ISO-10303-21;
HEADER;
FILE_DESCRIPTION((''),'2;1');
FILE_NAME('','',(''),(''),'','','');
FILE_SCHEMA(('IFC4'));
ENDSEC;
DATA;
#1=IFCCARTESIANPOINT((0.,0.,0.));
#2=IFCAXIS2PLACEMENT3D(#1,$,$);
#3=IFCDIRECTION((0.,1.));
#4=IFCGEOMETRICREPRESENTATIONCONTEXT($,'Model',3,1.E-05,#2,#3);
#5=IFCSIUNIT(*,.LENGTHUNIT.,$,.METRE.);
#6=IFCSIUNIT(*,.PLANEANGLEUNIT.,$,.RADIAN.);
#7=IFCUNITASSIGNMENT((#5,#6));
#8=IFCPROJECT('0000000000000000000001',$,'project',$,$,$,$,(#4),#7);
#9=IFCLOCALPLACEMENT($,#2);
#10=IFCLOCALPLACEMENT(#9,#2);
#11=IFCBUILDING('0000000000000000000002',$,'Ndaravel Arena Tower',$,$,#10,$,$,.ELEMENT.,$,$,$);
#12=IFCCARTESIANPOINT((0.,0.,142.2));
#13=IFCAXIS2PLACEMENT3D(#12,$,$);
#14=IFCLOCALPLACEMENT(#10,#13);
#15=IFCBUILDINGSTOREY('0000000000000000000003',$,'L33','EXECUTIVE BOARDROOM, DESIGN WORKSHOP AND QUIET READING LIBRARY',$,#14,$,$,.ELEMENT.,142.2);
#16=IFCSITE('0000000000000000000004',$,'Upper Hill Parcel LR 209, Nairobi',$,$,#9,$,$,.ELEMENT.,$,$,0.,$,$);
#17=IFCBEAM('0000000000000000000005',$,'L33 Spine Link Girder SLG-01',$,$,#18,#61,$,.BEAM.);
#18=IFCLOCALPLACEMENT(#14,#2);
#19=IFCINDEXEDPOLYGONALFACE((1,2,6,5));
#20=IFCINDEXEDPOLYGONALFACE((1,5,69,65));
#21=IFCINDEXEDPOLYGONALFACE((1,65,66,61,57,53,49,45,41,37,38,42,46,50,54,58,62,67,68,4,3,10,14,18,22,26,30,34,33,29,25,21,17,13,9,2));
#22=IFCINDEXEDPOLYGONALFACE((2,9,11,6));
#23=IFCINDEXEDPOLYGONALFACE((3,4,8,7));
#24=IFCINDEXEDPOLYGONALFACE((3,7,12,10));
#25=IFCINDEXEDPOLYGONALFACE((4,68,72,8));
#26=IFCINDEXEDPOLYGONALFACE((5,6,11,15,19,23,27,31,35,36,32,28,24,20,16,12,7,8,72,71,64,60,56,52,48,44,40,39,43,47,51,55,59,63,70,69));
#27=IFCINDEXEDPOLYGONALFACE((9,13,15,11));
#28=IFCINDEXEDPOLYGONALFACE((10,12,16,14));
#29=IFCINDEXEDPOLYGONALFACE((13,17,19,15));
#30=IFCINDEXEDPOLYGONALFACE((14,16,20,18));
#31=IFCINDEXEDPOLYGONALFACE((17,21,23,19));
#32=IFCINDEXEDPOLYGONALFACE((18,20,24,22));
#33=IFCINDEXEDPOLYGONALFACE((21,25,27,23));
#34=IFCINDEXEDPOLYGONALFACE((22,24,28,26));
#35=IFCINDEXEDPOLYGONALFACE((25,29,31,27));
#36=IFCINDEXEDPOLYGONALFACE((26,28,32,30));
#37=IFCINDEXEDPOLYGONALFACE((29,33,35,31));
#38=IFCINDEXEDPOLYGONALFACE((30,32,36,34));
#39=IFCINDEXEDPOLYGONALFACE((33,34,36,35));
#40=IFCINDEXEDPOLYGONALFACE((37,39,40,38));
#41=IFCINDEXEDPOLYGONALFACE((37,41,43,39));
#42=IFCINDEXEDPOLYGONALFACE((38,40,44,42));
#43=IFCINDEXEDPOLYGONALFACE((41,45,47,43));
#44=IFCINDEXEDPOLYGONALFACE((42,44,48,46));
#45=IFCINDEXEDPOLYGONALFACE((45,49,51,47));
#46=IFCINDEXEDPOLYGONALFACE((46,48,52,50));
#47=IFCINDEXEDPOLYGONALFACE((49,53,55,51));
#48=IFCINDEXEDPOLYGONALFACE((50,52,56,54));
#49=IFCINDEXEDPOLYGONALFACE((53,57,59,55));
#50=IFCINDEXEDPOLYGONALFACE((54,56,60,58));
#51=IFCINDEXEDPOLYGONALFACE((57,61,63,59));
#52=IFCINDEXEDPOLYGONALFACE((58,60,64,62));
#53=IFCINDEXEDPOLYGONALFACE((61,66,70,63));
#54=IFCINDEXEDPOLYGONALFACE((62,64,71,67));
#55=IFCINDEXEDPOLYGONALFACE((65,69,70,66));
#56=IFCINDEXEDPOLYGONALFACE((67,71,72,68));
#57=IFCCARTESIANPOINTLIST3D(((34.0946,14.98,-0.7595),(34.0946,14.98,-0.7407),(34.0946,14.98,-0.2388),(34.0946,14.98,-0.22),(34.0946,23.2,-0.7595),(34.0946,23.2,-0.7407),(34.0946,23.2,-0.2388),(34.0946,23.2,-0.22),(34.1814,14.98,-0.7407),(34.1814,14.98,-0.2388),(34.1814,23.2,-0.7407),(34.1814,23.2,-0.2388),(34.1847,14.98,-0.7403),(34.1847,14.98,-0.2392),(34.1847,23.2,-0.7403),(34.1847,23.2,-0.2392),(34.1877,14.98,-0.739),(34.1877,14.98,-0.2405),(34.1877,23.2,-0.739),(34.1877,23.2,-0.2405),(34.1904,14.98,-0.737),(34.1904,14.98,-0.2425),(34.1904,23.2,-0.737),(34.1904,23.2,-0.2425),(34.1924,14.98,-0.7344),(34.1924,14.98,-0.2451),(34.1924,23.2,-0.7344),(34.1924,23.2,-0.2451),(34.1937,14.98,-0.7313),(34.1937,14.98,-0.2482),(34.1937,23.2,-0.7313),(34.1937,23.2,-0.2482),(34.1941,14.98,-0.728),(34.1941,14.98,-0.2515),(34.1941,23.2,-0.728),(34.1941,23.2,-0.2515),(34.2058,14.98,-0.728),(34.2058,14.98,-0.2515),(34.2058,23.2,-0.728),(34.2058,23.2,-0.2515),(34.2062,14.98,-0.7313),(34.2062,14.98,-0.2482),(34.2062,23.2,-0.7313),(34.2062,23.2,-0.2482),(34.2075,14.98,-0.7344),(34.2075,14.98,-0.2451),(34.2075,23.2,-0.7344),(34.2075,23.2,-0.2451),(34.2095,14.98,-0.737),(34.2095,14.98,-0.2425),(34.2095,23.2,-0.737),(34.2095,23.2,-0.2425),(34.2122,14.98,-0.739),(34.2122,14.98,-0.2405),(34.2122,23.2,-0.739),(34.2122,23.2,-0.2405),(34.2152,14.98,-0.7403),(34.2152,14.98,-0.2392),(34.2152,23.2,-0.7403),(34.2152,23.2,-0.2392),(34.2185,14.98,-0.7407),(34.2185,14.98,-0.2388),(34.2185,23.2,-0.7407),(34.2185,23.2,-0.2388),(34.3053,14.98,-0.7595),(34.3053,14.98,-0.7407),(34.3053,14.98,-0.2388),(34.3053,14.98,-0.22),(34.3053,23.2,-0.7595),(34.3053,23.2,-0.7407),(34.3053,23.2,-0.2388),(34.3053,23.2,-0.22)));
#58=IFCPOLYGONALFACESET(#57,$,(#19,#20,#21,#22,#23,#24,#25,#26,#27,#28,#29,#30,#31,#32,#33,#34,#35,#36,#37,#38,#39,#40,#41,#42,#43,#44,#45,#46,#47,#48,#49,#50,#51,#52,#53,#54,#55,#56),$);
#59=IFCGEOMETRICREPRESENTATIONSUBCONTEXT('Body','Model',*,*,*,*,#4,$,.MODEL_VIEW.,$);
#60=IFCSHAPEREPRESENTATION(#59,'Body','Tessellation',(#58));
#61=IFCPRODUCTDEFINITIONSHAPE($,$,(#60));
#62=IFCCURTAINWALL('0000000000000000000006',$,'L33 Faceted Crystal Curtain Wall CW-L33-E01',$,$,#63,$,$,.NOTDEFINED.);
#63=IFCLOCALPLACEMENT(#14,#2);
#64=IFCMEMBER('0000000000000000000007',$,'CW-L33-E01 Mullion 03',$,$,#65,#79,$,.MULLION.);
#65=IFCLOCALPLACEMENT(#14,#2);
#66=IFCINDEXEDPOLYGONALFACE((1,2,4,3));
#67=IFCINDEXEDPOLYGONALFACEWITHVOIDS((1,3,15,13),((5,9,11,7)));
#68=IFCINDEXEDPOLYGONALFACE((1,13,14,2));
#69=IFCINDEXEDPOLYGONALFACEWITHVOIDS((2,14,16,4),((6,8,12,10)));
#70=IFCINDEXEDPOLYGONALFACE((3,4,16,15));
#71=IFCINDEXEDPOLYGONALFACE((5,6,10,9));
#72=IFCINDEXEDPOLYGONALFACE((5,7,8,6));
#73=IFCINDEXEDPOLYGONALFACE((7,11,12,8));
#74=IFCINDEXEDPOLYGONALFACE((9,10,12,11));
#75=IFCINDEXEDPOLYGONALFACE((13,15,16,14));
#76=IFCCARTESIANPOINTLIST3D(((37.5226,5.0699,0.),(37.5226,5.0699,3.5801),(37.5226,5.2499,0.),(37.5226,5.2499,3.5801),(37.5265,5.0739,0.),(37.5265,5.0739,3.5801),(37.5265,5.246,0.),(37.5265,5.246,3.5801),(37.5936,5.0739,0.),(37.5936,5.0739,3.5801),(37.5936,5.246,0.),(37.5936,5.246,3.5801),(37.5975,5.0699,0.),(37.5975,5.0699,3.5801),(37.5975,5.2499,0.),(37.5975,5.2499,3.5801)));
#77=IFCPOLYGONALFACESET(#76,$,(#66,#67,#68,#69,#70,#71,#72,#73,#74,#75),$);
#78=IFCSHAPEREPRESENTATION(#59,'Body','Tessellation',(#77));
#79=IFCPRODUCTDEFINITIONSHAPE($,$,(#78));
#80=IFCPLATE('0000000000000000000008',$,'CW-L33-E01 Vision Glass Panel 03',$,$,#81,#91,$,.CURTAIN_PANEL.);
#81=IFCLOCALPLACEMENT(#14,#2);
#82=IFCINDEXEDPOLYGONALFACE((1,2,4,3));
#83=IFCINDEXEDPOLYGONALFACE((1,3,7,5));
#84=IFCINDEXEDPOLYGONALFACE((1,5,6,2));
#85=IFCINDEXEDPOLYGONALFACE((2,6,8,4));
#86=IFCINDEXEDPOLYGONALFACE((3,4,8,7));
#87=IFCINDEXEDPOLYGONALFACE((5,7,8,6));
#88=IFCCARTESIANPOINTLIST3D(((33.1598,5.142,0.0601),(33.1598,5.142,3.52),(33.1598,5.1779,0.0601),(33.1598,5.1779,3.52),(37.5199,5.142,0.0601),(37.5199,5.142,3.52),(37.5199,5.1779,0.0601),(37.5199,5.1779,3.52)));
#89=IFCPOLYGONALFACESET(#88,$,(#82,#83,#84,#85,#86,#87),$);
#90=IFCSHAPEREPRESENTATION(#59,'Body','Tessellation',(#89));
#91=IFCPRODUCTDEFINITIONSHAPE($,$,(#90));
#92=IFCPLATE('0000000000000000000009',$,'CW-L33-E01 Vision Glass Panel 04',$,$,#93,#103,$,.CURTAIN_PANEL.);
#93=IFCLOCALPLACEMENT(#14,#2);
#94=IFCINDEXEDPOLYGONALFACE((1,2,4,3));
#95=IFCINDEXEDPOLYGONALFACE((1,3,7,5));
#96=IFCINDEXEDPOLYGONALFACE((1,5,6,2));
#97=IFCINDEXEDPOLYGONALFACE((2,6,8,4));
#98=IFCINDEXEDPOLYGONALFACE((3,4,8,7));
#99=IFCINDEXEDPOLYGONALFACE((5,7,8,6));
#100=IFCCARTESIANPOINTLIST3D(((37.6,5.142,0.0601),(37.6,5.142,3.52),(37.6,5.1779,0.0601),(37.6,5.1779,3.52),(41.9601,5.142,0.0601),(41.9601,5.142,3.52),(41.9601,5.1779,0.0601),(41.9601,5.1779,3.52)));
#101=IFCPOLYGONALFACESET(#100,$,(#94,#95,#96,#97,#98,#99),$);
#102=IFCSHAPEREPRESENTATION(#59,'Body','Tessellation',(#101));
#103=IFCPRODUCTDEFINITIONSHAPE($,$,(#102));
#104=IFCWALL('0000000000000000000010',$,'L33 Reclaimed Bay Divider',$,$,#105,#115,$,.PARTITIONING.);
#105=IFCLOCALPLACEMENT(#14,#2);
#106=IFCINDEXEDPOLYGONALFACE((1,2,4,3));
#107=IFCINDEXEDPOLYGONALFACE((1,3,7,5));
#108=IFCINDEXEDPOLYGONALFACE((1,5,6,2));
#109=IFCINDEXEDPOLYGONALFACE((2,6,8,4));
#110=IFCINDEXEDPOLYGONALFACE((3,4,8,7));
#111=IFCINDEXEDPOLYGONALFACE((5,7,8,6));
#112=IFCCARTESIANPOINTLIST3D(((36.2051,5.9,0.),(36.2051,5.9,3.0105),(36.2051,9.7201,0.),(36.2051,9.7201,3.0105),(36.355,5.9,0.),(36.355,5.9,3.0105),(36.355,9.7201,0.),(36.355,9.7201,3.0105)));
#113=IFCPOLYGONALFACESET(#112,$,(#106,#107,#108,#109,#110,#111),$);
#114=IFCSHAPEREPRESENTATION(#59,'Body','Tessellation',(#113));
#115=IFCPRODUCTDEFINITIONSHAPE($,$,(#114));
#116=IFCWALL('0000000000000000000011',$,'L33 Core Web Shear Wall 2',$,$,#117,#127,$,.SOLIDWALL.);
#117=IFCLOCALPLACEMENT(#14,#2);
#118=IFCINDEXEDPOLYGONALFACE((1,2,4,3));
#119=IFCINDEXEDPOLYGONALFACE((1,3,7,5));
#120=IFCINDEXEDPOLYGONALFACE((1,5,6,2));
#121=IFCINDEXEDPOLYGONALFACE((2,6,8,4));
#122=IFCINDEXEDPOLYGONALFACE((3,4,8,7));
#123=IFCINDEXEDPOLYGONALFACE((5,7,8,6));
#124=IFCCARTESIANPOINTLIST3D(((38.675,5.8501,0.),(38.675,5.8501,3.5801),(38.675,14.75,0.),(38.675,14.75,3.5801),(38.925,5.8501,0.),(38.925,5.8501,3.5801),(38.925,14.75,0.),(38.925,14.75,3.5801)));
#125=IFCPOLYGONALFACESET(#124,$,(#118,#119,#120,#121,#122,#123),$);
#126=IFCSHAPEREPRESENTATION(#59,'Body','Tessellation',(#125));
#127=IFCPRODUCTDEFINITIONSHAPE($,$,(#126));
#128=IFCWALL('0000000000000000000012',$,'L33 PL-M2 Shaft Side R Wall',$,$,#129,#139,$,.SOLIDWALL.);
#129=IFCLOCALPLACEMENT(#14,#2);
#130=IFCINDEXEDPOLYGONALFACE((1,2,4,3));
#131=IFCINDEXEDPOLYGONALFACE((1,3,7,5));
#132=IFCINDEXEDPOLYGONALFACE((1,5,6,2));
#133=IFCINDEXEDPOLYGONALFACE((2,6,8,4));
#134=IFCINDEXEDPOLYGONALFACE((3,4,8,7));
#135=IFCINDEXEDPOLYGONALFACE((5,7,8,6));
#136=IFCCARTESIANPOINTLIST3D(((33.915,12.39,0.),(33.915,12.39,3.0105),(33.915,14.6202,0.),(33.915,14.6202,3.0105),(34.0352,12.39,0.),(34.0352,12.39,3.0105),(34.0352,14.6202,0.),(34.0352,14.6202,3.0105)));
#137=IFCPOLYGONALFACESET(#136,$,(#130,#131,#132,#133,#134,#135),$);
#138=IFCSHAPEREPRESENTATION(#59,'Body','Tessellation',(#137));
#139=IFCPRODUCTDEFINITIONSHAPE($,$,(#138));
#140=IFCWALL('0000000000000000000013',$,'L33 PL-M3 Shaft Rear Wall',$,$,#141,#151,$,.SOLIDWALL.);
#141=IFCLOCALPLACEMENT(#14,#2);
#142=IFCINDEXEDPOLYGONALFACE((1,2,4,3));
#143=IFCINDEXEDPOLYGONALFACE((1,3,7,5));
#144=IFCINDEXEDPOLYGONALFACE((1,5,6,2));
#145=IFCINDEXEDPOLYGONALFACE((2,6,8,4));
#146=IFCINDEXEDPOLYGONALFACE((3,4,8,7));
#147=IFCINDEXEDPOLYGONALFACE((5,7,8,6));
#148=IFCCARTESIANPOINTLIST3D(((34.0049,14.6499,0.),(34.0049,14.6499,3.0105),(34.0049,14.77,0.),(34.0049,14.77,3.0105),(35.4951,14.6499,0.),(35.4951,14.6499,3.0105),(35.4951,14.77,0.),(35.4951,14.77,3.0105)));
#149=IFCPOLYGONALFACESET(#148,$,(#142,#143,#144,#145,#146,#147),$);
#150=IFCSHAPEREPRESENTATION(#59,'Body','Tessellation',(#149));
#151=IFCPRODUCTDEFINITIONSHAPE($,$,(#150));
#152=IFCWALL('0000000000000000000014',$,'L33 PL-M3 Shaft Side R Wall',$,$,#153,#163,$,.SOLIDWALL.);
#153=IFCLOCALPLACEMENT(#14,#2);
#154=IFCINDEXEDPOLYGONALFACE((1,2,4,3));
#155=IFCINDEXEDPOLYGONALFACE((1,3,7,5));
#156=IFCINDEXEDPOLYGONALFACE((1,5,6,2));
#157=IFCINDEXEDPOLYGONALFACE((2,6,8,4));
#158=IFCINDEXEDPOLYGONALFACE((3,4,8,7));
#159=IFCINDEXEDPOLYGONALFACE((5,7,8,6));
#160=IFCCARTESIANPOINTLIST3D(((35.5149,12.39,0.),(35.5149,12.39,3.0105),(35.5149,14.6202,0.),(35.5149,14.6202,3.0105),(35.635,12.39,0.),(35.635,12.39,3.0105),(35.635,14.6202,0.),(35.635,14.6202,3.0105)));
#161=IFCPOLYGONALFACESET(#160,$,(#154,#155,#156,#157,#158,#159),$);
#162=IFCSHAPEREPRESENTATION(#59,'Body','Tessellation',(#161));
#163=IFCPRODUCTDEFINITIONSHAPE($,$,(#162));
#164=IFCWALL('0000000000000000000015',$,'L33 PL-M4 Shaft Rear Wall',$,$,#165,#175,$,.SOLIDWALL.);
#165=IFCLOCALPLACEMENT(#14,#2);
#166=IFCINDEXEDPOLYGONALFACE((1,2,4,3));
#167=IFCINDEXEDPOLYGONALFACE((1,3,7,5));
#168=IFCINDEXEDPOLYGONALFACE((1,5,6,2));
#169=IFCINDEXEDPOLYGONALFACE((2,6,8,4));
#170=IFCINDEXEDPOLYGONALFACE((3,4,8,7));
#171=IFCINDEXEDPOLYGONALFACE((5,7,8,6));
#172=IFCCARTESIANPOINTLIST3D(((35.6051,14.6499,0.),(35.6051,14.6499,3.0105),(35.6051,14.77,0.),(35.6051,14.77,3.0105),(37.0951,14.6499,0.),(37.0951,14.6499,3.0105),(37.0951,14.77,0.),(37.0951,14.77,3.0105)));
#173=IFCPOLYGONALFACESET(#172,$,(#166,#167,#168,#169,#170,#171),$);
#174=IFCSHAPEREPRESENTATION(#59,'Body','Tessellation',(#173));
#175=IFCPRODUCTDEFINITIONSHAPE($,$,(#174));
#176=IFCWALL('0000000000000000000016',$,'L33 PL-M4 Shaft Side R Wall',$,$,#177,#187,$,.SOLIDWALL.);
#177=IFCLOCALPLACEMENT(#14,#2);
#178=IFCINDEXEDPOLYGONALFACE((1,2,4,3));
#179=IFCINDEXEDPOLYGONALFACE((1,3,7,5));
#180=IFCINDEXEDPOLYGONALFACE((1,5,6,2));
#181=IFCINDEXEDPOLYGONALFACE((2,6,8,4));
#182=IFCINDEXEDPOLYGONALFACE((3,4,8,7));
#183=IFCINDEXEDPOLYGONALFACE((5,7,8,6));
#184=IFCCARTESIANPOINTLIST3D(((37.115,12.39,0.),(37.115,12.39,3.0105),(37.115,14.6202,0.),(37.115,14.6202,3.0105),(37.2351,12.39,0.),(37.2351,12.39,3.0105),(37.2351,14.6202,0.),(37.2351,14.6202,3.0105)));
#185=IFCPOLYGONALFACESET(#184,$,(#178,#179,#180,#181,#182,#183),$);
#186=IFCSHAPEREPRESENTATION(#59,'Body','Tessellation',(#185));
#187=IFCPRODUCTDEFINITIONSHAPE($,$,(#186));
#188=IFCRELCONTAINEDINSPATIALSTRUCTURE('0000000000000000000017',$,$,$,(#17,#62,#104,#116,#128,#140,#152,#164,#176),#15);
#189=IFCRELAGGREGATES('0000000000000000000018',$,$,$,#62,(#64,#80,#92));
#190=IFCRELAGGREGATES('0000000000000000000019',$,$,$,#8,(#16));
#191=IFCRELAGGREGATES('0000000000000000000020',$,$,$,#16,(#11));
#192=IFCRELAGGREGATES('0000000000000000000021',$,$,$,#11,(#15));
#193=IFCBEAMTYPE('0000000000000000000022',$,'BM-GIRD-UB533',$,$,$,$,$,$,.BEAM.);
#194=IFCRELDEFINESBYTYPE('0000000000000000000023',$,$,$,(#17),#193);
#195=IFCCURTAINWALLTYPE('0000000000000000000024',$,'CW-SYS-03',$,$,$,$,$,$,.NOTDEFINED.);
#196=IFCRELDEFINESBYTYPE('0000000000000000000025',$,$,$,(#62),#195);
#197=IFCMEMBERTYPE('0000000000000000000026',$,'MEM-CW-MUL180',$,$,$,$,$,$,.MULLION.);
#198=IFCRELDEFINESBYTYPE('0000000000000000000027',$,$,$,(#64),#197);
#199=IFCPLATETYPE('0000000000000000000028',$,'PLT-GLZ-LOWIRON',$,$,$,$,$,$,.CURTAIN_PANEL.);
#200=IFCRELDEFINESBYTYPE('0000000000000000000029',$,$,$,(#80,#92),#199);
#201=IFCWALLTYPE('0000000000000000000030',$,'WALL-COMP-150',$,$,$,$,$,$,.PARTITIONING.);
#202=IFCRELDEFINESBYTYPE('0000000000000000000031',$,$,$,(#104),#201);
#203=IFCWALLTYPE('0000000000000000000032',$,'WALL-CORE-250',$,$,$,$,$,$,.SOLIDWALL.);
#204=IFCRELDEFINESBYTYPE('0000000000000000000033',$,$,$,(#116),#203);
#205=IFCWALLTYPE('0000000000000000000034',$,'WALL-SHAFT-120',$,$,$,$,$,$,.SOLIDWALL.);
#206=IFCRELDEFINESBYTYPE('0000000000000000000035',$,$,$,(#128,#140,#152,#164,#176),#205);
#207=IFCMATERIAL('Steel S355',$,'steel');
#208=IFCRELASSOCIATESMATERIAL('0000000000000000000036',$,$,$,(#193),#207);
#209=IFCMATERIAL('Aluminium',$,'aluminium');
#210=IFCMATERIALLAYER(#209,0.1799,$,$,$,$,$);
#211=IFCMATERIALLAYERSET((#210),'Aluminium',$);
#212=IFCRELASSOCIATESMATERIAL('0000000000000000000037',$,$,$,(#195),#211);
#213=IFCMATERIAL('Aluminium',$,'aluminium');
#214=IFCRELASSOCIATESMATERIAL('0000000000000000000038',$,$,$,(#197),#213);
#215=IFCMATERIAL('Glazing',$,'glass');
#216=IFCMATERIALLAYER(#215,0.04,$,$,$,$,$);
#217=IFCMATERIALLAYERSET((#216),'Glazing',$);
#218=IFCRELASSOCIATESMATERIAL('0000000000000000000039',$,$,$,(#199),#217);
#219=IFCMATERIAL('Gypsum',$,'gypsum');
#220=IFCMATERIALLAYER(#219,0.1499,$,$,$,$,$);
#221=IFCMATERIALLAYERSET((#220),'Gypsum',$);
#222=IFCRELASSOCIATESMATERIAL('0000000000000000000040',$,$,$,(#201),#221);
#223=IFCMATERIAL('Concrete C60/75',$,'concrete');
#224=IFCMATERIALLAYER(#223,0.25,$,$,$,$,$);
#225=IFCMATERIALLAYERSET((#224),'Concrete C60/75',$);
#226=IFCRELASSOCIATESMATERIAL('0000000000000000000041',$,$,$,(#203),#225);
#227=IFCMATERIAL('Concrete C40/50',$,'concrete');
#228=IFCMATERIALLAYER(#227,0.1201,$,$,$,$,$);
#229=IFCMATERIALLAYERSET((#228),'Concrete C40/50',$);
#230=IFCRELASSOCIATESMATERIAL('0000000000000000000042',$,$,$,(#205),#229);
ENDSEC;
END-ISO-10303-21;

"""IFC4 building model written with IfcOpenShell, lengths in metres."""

from ifc_helpers import new_model, si_unit, direction, frame, frame_2d, origin, origin_2d, place, context, subcontext, project, spatial, rectangle, hollow_rectangle, i_section, extrude, material, layer, layer_set, material_profile, profile_set, type_object, element, aggregate, save


model = new_model("IFC4")

# Units and contexts
model_context = context("Model", 3, precision=1e-05, world=origin(), true_north=direction((0.0, 1.0)))
body_context = subcontext(model_context, "Body", "Model", "MODEL_VIEW")
ifc_project = project(units=[si_unit("LENGTHUNIT", "METRE"), si_unit("PLANEANGLEUNIT", "RADIAN")], contexts=[model_context])

# Site, building, storey
site_placement = place(None, origin())
site = spatial("IfcSite", under=ifc_project, at=site_placement, Name="Upper Hill Parcel LR 209, Nairobi", CompositionType="ELEMENT", RefElevation=0.0)
building_placement = place(site_placement, origin())
building = spatial("IfcBuilding", under=site, at=building_placement, Name="Ndaravel Arena Tower", CompositionType="ELEMENT")
storey_placement = place(building_placement, frame((0.0, 0.0, 142.2)))
storey = spatial("IfcBuildingStorey", under=building, at=storey_placement, Name="L33", Description="EXECUTIVE BOARDROOM, DESIGN WORKSHOP AND QUIET READING LIBRARY", CompositionType="ELEMENT", Elevation=142.2)

# Beam
ifc_material_1 = material(Name="Steel S355", Category="steel")
ifc_material_profile_1 = material_profile(ifc_material_1, i_section(OverallWidth=0.2107, OverallDepth=0.5396, WebThickness=0.0117, FlangeThickness=0.0188, FilletRadius=0.0127, at=origin_2d()), Name="UB 533x210x109")
ifc_profile_set_1 = profile_set([ifc_material_profile_1], Name="Steel S355")
beam_type = type_object("IfcBeamType", Name="BM-GIRD-UB533", PredefinedType="BEAM", material=ifc_profile_set_1)
beam_placement = place(storey_placement, frame((34.2, 14.98, -0.4897), z_axis=(0.0, 1.0, 0.0), x_axis=(-1.0, 0.0, 0.0)))
element("IfcBeam", 1, at=beam_placement, inside=storey, type_object=beam_type, Name="L33 Spine Link Girder SLG-01", PredefinedType="BEAM", context=body_context, shape_type="SweptSolid", body=[
    extrude(i_section(OverallWidth=0.2107, OverallDepth=0.5396, WebThickness=0.0117, FlangeThickness=0.0188, FilletRadius=0.0127, at=origin_2d()), origin(), (0.0, 0.0, 1.0), 8.22),
])

# Curtain wall, member, plates
ifc_material_2 = material(Name="Aluminium", Category="aluminium")
ifc_layer_1 = layer(ifc_material_2, 0.1799)
ifc_layer_set_1 = layer_set([ifc_layer_1], Name="Aluminium")
curtain_wall_type = type_object("IfcCurtainWallType", Name="CW-SYS-03", PredefinedType="NOTDEFINED", material=ifc_layer_set_1)
curtain_wall_placement = place(storey_placement, origin())
curtain_wall = element("IfcCurtainWall", 2, at=curtain_wall_placement, inside=storey, type_object=curtain_wall_type, Name="L33 Faceted Crystal Curtain Wall CW-L33-E01", PredefinedType="NOTDEFINED")
ifc_material_3 = material(Name="Aluminium", Category="aluminium")
ifc_material_profile_2 = material_profile(ifc_material_3, hollow_rectangle(XDim=0.075, YDim=0.1799, WallThickness=0.0039, at=origin_2d()), Name="CW MULLION 75x180x4")
ifc_profile_set_2 = profile_set([ifc_material_profile_2], Name="Aluminium")
member_type = type_object("IfcMemberType", Name="MEM-CW-MUL180", PredefinedType="MULLION", material=ifc_profile_set_2)
member_placement = place(storey_placement, frame((37.5601, 5.1599, 0.0), z_axis=(0.0, 0.0, 1.0), x_axis=(1.0, 0.0, 0.0)))
member = element("IfcMember", 3, at=member_placement, type_object=member_type, Name="CW-L33-E01 Mullion 03", PredefinedType="MULLION", context=body_context, shape_type="SweptSolid", body=[
    extrude(hollow_rectangle(XDim=0.075, YDim=0.1799, WallThickness=0.0039, at=origin_2d()), origin(), (0.0, 0.0, 1.0), 3.5801),
])
ifc_material_4 = material(Name="Glazing", Category="glass")
ifc_layer_2 = layer(ifc_material_4, 0.04)
ifc_layer_set_2 = layer_set([ifc_layer_2], Name="Glazing")
plate_type = type_object("IfcPlateType", Name="PLT-GLZ-LOWIRON", PredefinedType="CURTAIN_PANEL", material=ifc_layer_set_2)
plate_1_placement = place(storey_placement, frame((35.3398, 5.1599, 0.0601), z_axis=(0.0, 0.0, 1.0), x_axis=(1.0, 0.0, 0.0)))
plate_1 = element("IfcPlate", 4, at=plate_1_placement, type_object=plate_type, Name="CW-L33-E01 Vision Glass Panel 03", PredefinedType="CURTAIN_PANEL", context=body_context, shape_type="SweptSolid", body=[
    extrude(rectangle(XDim=4.3601, YDim=0.0359, at=origin_2d()), origin(), (0.0, 0.0, 1.0), 3.46),
])
plate_2_placement = place(storey_placement, frame((39.78, 5.1599, 0.0601), z_axis=(0.0, 0.0, 1.0), x_axis=(1.0, 0.0, 0.0)))
plate_2 = element("IfcPlate", 5, at=plate_2_placement, type_object=plate_type, Name="CW-L33-E01 Vision Glass Panel 04", PredefinedType="CURTAIN_PANEL", context=body_context, shape_type="SweptSolid", body=[
    extrude(rectangle(XDim=4.3601, YDim=0.0359, at=origin_2d()), origin(), (0.0, 0.0, 1.0), 3.46),
])
aggregate(curtain_wall, [member, plate_1, plate_2])

# Walls
ifc_material_5 = material(Name="Gypsum", Category="gypsum")
ifc_layer_3 = layer(ifc_material_5, 0.1499)
ifc_layer_set_3 = layer_set([ifc_layer_3], Name="Gypsum")
wall_type_1 = type_object("IfcWallType", Name="WALL-COMP-150", PredefinedType="PARTITIONING", material=ifc_layer_set_3)
wall_1_placement = place(storey_placement, frame((36.28, 5.8999, 0.0), z_axis=(0.0, 0.0, 1.0), x_axis=(0.0, 1.0, 0.0)))
element("IfcWall", 6, at=wall_1_placement, inside=storey, type_object=wall_type_1, Name="L33 Reclaimed Bay Divider", PredefinedType="PARTITIONING", context=body_context, shape_type="SweptSolid", body=[
    extrude(rectangle(XDim=3.8201, YDim=0.1499, at=frame_2d((1.9102, 0.0))), origin(), (0.0, 0.0, 1.0), 3.0105),
])
ifc_material_6 = material(Name="Concrete C60/75", Category="concrete")
ifc_layer_4 = layer(ifc_material_6, 0.25)
ifc_layer_set_4 = layer_set([ifc_layer_4], Name="Concrete C60/75")
wall_type_2 = type_object("IfcWallType", Name="WALL-CORE-250", PredefinedType="SOLIDWALL", material=ifc_layer_set_4)
wall_2_placement = place(storey_placement, frame((38.8, 5.8501, 0.0), z_axis=(0.0, 0.0, 1.0), x_axis=(0.0, 1.0, 0.0)))
element("IfcWall", 7, at=wall_2_placement, inside=storey, type_object=wall_type_2, Name="L33 Core Web Shear Wall 2", PredefinedType="SOLIDWALL", context=body_context, shape_type="SweptSolid", body=[
    extrude(rectangle(XDim=8.8999, YDim=0.25, at=frame_2d((4.45, 0.0))), origin(), (0.0, 0.0, 1.0), 3.5801),
])
ifc_material_7 = material(Name="Concrete C40/50", Category="concrete")
ifc_layer_5 = layer(ifc_material_7, 0.1201)
ifc_layer_set_5 = layer_set([ifc_layer_5], Name="Concrete C40/50")
wall_type_3 = type_object("IfcWallType", Name="WALL-SHAFT-120", PredefinedType="SOLIDWALL", material=ifc_layer_set_5)
wall_3_placement = place(storey_placement, frame((33.9751, 12.3899, 0.0), z_axis=(0.0, 0.0, 1.0), x_axis=(0.0, 1.0, 0.0)))
element("IfcWall", 8, at=wall_3_placement, inside=storey, type_object=wall_type_3, Name="L33 PL-M2 Shaft Side R Wall", PredefinedType="SOLIDWALL", context=body_context, shape_type="SweptSolid", body=[
    extrude(rectangle(XDim=2.2302, YDim=0.1201, at=frame_2d((1.1152, 0.0))), origin(), (0.0, 0.0, 1.0), 3.0105),
])
wall_4_placement = place(storey_placement, frame((34.0049, 14.71, 0.0), z_axis=(0.0, 0.0, 1.0), x_axis=(1.0, 0.0, 0.0)))
element("IfcWall", 9, at=wall_4_placement, inside=storey, type_object=wall_type_3, Name="L33 PL-M3 Shaft Rear Wall", PredefinedType="SOLIDWALL", context=body_context, shape_type="SweptSolid", body=[
    extrude(rectangle(XDim=1.4902, YDim=0.1201, at=frame_2d((0.7451, 0.0))), origin(), (0.0, 0.0, 1.0), 3.0105),
])
wall_5_placement = place(storey_placement, frame((35.575, 12.3899, 0.0), z_axis=(0.0, 0.0, 1.0), x_axis=(0.0, 1.0, 0.0)))
element("IfcWall", 10, at=wall_5_placement, inside=storey, type_object=wall_type_3, Name="L33 PL-M3 Shaft Side R Wall", PredefinedType="SOLIDWALL", context=body_context, shape_type="SweptSolid", body=[
    extrude(rectangle(XDim=2.2302, YDim=0.1201, at=frame_2d((1.1152, 0.0))), origin(), (0.0, 0.0, 1.0), 3.0105),
])
wall_6_placement = place(storey_placement, frame((35.605, 14.71, 0.0), z_axis=(0.0, 0.0, 1.0), x_axis=(1.0, 0.0, 0.0)))
element("IfcWall", 11, at=wall_6_placement, inside=storey, type_object=wall_type_3, Name="L33 PL-M4 Shaft Rear Wall", PredefinedType="SOLIDWALL", context=body_context, shape_type="SweptSolid", body=[
    extrude(rectangle(XDim=1.49, YDim=0.1201, at=frame_2d((0.7451, 0.0))), origin(), (0.0, 0.0, 1.0), 3.0105),
])
wall_7_placement = place(storey_placement, frame((37.175, 12.3899, 0.0), z_axis=(0.0, 0.0, 1.0), x_axis=(0.0, 1.0, 0.0)))
element("IfcWall", 12, at=wall_7_placement, inside=storey, type_object=wall_type_3, Name="L33 PL-M4 Shaft Side R Wall", PredefinedType="SOLIDWALL", context=body_context, shape_type="SweptSolid", body=[
    extrude(rectangle(XDim=2.2302, YDim=0.1201, at=frame_2d((1.1152, 0.0))), origin(), (0.0, 0.0, 1.0), 3.0105),
])

save(model, "model.ifc")
